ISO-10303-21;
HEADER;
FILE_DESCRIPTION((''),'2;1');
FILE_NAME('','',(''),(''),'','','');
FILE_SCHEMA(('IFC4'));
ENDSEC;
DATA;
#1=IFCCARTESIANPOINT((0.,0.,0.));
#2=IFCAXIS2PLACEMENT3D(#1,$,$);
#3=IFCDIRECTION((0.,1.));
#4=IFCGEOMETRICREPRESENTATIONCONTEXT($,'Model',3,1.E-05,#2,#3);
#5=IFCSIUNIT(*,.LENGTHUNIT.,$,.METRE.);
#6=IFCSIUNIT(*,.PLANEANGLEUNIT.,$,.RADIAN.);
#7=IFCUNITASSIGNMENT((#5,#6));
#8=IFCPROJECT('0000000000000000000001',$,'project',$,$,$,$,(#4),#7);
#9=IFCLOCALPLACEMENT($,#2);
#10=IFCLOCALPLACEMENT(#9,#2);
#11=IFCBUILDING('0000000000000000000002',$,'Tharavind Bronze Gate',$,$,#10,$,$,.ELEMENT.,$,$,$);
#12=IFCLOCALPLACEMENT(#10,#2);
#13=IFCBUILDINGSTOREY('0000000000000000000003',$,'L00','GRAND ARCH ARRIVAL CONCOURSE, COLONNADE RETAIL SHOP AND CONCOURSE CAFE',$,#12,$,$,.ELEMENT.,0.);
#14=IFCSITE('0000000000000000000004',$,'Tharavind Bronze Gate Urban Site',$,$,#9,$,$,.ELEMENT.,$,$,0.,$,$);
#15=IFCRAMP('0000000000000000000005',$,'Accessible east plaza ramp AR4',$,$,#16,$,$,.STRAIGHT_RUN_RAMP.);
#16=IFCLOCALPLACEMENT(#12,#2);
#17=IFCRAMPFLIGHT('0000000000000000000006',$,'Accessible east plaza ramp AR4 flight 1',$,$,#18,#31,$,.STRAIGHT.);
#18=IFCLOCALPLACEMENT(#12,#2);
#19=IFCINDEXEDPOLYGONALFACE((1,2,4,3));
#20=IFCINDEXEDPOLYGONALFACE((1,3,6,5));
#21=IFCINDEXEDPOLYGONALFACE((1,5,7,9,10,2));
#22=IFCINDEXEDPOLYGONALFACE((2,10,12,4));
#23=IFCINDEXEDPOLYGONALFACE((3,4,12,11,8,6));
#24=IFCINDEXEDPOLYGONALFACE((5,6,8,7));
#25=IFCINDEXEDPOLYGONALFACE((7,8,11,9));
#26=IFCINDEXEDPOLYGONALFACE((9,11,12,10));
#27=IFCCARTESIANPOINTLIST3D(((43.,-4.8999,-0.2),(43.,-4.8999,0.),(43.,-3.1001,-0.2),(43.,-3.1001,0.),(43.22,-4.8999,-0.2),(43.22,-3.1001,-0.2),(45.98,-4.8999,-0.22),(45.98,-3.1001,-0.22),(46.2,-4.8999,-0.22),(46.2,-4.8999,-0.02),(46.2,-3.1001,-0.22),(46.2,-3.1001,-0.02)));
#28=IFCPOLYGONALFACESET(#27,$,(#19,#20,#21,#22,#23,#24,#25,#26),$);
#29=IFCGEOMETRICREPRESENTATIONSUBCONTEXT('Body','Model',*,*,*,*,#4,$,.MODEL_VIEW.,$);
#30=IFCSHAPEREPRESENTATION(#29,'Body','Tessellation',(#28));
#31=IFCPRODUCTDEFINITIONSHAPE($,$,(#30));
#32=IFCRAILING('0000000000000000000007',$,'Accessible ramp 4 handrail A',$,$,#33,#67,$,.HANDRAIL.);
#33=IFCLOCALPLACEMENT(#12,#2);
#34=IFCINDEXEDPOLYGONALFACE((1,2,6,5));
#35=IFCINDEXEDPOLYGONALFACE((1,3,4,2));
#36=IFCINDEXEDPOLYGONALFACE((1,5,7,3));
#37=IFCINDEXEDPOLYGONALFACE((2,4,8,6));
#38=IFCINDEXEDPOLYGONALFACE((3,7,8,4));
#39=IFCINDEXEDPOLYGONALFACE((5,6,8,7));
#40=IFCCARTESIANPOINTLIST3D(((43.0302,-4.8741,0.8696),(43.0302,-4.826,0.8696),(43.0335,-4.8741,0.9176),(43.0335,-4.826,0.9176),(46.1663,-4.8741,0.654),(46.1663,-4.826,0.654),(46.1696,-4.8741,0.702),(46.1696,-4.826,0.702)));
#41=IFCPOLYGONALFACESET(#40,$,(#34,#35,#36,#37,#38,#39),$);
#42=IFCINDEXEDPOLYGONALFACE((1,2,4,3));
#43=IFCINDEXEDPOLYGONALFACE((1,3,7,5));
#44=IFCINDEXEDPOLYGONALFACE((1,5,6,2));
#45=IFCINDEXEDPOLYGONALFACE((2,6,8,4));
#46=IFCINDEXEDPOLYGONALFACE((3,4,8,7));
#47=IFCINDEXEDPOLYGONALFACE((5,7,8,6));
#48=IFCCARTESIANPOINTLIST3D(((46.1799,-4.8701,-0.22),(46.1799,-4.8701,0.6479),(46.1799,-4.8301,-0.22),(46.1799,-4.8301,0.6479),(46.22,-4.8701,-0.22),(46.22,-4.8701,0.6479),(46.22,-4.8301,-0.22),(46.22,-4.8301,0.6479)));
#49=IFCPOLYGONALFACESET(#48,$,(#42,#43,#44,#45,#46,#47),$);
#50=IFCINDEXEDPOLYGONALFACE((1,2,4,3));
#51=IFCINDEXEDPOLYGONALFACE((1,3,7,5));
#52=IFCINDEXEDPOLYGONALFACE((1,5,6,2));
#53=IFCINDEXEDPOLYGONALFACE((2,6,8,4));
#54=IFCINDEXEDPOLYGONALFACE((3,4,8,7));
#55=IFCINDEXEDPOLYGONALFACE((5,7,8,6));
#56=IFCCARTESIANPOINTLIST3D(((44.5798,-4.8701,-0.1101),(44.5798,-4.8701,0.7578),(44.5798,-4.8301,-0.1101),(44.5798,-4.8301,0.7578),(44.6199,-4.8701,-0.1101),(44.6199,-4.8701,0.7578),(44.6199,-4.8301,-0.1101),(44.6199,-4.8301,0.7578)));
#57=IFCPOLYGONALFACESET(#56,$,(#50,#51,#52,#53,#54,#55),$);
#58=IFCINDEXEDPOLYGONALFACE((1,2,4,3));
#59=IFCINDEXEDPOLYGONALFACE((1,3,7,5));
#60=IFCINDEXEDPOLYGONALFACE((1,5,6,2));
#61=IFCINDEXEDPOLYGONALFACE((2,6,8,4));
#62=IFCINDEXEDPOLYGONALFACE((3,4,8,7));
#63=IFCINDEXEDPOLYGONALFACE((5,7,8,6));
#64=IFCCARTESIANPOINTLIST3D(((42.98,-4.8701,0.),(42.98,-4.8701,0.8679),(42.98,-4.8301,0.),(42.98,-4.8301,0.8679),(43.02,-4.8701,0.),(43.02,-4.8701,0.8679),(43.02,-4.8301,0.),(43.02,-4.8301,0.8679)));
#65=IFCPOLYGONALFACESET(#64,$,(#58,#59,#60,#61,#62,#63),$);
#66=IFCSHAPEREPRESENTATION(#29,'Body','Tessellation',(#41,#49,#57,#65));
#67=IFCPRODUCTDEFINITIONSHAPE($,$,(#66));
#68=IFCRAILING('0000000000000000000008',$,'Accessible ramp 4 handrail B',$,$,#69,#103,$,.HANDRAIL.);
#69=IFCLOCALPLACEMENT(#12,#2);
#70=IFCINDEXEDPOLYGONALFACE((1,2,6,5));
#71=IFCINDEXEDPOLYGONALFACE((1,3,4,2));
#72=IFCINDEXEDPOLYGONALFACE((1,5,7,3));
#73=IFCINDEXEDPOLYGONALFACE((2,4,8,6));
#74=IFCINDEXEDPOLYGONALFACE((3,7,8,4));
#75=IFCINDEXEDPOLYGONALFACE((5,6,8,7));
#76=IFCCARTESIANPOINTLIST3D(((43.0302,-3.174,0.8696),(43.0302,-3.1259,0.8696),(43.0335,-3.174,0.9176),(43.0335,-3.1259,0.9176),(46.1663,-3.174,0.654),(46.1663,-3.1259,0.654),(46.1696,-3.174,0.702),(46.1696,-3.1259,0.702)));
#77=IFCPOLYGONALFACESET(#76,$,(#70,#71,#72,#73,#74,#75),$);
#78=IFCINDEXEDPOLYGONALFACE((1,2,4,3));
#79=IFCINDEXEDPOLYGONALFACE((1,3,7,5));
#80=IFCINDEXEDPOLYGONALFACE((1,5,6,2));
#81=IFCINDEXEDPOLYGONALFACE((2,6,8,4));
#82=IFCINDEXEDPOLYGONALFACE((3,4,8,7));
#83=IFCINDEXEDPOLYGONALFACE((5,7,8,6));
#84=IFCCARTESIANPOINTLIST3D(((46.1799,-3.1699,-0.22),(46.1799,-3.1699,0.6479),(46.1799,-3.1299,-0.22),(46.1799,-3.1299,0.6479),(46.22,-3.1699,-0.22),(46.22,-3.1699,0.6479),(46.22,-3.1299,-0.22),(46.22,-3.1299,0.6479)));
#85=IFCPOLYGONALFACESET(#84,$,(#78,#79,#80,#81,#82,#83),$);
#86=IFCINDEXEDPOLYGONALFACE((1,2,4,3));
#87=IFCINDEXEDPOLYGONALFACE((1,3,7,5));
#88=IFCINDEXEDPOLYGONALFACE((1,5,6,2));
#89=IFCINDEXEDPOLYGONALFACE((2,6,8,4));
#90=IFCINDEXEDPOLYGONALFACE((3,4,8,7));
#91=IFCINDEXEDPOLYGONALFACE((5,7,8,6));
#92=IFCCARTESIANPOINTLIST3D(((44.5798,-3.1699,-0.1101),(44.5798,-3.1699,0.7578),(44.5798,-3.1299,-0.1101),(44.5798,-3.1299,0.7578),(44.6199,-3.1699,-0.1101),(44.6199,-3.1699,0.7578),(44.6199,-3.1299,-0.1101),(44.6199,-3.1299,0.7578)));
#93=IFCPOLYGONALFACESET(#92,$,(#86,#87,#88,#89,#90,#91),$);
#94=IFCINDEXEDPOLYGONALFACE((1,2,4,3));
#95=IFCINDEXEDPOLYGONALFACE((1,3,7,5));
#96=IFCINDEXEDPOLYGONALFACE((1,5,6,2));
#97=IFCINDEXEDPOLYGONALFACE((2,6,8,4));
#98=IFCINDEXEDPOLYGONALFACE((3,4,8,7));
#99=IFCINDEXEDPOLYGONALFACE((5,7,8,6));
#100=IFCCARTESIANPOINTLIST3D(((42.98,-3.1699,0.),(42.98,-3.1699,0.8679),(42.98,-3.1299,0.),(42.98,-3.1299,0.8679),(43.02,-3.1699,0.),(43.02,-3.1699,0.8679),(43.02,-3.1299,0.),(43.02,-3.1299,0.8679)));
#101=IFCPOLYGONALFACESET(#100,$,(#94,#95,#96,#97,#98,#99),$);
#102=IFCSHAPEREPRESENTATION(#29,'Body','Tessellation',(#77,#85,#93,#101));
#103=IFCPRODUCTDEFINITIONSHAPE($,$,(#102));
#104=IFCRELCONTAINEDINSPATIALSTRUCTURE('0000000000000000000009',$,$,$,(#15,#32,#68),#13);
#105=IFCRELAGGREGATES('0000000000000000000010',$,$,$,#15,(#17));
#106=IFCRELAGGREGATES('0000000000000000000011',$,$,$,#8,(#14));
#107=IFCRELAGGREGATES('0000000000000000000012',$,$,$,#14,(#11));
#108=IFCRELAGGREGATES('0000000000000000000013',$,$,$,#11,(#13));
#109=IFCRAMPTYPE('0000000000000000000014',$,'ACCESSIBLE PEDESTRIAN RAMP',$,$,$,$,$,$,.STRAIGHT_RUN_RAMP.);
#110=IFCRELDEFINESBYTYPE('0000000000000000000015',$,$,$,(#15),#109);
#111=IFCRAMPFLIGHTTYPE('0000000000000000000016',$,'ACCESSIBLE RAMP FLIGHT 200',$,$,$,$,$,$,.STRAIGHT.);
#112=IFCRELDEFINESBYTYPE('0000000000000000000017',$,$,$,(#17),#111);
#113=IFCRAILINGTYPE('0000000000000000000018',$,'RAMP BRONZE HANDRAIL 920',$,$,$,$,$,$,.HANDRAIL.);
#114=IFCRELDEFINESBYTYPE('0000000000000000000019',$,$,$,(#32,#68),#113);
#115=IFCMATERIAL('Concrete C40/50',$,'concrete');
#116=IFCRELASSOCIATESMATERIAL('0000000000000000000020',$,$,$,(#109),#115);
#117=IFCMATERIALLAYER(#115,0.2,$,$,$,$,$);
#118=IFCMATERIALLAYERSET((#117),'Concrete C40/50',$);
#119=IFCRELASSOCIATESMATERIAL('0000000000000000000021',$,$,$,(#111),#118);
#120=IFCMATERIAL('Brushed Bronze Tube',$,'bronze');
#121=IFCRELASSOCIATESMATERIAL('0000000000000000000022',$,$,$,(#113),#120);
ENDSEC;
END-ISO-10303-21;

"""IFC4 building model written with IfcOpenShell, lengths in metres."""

from ifc_helpers import new_model, si_unit, direction, frame, origin, origin_2d, place, context, subcontext, project, spatial, polyline, rectangle, outline, extrude, material, layer, layer_set, type_object, element, aggregate, save


model = new_model("IFC4")

# Units and contexts
model_context = context("Model", 3, precision=1e-05, world=origin(), true_north=direction((0.0, 1.0)))
body_context = subcontext(model_context, "Body", "Model", "MODEL_VIEW")
ifc_project = project(units=[si_unit("LENGTHUNIT", "METRE"), si_unit("PLANEANGLEUNIT", "RADIAN")], contexts=[model_context])

# Site, building, storey
site_placement = place(None, origin())
site = spatial("IfcSite", under=ifc_project, at=site_placement, Name="Tharavind Bronze Gate Urban Site", CompositionType="ELEMENT", RefElevation=0.0)
building_placement = place(site_placement, origin())
building = spatial("IfcBuilding", under=site, at=building_placement, Name="Tharavind Bronze Gate", CompositionType="ELEMENT")
storey_placement = place(building_placement, origin())
storey = spatial("IfcBuildingStorey", under=building, at=storey_placement, Name="L00", Description="GRAND ARCH ARRIVAL CONCOURSE, COLONNADE RETAIL SHOP AND CONCOURSE CAFE", CompositionType="ELEMENT", Elevation=0.0)

# Shared definitions
ifc_material_1 = material(Name="Concrete C40/50", Category="concrete")

# Ramp, ramp flight
ramp_type = type_object("IfcRampType", Name="ACCESSIBLE PEDESTRIAN RAMP", PredefinedType="STRAIGHT_RUN_RAMP", material=ifc_material_1)
ramp_placement = place(storey_placement, origin())
ramp = element("IfcRamp", 1, at=ramp_placement, inside=storey, type_object=ramp_type, Name="Accessible east plaza ramp AR4", PredefinedType="STRAIGHT_RUN_RAMP")
ifc_layer_1 = layer(ifc_material_1, 0.2)
ifc_layer_set_1 = layer_set([ifc_layer_1], Name="Concrete C40/50")
ramp_flight_type = type_object("IfcRampFlightType", Name="ACCESSIBLE RAMP FLIGHT 200", PredefinedType="STRAIGHT", material=ifc_layer_set_1)
ramp_flight_placement = place(storey_placement, frame((46.2, -4.0, -0.22), z_axis=(0.0, 0.0, 1.0), x_axis=(-1.0, 0.0, 0.0)))
ramp_flight = element("IfcRampFlight", 2, at=ramp_flight_placement, type_object=ramp_flight_type, Name="Accessible east plaza ramp AR4 flight 1", PredefinedType="STRAIGHT", context=body_context, shape_type="SweptSolid", body=[
    extrude(outline(polyline([(0.0, 0.0), (0.22, 0.0), (2.98, 0.02), (3.2, 0.02), (3.2, 0.22), (0.0, 0.2), (0.0, 0.0)])), frame((0.0, 0.8999, 0.0), z_axis=(0.0, -1.0, 0.0), x_axis=(1.0, 0.0, 0.0)), (0.0, 0.0, 1.0), 1.7998),
])
aggregate(ramp, [ramp_flight])

# Railings
ifc_material_2 = material(Name="Brushed Bronze Tube", Category="bronze")
railing_type = type_object("IfcRailingType", Name="RAMP BRONZE HANDRAIL 920", PredefinedType="HANDRAIL", material=ifc_material_2)
for number, where, name in (
    (3, (46.2, -4.8501, -0.22), "Accessible ramp 4 handrail A"),
    (4, (46.2, -3.1499, -0.22), "Accessible ramp 4 handrail B"),
):
    element("IfcRailing", number, at=place(storey_placement, frame(where)), inside=storey, type_object=railing_type, Name=name, PredefinedType="HANDRAIL", context=body_context, shape_type="SweptSolid", body=[
        extrude(rectangle(XDim=0.0481, YDim=0.0481, at=origin_2d()), frame((-0.032, 0.0, 0.8979), z_axis=(-0.997646, 0.0, 0.06858), x_axis=(0.0, -1.0, 0.0)), (0.0, 0.0, 1.0), 3.1436),
        extrude(rectangle(XDim=0.04, YDim=0.04, at=origin_2d()), origin(), (0.0, 0.0, 1.0), 0.8679),
        extrude(rectangle(XDim=0.04, YDim=0.04, at=origin_2d()), frame((-1.6001, 0.0, 0.1099)), (0.0, 0.0, 1.0), 0.8679),
        extrude(rectangle(XDim=0.04, YDim=0.04, at=origin_2d()), frame((-3.2, 0.0, 0.22)), (0.0, 0.0, 1.0), 0.8679),
    ])

save(model, "model.ifc")
